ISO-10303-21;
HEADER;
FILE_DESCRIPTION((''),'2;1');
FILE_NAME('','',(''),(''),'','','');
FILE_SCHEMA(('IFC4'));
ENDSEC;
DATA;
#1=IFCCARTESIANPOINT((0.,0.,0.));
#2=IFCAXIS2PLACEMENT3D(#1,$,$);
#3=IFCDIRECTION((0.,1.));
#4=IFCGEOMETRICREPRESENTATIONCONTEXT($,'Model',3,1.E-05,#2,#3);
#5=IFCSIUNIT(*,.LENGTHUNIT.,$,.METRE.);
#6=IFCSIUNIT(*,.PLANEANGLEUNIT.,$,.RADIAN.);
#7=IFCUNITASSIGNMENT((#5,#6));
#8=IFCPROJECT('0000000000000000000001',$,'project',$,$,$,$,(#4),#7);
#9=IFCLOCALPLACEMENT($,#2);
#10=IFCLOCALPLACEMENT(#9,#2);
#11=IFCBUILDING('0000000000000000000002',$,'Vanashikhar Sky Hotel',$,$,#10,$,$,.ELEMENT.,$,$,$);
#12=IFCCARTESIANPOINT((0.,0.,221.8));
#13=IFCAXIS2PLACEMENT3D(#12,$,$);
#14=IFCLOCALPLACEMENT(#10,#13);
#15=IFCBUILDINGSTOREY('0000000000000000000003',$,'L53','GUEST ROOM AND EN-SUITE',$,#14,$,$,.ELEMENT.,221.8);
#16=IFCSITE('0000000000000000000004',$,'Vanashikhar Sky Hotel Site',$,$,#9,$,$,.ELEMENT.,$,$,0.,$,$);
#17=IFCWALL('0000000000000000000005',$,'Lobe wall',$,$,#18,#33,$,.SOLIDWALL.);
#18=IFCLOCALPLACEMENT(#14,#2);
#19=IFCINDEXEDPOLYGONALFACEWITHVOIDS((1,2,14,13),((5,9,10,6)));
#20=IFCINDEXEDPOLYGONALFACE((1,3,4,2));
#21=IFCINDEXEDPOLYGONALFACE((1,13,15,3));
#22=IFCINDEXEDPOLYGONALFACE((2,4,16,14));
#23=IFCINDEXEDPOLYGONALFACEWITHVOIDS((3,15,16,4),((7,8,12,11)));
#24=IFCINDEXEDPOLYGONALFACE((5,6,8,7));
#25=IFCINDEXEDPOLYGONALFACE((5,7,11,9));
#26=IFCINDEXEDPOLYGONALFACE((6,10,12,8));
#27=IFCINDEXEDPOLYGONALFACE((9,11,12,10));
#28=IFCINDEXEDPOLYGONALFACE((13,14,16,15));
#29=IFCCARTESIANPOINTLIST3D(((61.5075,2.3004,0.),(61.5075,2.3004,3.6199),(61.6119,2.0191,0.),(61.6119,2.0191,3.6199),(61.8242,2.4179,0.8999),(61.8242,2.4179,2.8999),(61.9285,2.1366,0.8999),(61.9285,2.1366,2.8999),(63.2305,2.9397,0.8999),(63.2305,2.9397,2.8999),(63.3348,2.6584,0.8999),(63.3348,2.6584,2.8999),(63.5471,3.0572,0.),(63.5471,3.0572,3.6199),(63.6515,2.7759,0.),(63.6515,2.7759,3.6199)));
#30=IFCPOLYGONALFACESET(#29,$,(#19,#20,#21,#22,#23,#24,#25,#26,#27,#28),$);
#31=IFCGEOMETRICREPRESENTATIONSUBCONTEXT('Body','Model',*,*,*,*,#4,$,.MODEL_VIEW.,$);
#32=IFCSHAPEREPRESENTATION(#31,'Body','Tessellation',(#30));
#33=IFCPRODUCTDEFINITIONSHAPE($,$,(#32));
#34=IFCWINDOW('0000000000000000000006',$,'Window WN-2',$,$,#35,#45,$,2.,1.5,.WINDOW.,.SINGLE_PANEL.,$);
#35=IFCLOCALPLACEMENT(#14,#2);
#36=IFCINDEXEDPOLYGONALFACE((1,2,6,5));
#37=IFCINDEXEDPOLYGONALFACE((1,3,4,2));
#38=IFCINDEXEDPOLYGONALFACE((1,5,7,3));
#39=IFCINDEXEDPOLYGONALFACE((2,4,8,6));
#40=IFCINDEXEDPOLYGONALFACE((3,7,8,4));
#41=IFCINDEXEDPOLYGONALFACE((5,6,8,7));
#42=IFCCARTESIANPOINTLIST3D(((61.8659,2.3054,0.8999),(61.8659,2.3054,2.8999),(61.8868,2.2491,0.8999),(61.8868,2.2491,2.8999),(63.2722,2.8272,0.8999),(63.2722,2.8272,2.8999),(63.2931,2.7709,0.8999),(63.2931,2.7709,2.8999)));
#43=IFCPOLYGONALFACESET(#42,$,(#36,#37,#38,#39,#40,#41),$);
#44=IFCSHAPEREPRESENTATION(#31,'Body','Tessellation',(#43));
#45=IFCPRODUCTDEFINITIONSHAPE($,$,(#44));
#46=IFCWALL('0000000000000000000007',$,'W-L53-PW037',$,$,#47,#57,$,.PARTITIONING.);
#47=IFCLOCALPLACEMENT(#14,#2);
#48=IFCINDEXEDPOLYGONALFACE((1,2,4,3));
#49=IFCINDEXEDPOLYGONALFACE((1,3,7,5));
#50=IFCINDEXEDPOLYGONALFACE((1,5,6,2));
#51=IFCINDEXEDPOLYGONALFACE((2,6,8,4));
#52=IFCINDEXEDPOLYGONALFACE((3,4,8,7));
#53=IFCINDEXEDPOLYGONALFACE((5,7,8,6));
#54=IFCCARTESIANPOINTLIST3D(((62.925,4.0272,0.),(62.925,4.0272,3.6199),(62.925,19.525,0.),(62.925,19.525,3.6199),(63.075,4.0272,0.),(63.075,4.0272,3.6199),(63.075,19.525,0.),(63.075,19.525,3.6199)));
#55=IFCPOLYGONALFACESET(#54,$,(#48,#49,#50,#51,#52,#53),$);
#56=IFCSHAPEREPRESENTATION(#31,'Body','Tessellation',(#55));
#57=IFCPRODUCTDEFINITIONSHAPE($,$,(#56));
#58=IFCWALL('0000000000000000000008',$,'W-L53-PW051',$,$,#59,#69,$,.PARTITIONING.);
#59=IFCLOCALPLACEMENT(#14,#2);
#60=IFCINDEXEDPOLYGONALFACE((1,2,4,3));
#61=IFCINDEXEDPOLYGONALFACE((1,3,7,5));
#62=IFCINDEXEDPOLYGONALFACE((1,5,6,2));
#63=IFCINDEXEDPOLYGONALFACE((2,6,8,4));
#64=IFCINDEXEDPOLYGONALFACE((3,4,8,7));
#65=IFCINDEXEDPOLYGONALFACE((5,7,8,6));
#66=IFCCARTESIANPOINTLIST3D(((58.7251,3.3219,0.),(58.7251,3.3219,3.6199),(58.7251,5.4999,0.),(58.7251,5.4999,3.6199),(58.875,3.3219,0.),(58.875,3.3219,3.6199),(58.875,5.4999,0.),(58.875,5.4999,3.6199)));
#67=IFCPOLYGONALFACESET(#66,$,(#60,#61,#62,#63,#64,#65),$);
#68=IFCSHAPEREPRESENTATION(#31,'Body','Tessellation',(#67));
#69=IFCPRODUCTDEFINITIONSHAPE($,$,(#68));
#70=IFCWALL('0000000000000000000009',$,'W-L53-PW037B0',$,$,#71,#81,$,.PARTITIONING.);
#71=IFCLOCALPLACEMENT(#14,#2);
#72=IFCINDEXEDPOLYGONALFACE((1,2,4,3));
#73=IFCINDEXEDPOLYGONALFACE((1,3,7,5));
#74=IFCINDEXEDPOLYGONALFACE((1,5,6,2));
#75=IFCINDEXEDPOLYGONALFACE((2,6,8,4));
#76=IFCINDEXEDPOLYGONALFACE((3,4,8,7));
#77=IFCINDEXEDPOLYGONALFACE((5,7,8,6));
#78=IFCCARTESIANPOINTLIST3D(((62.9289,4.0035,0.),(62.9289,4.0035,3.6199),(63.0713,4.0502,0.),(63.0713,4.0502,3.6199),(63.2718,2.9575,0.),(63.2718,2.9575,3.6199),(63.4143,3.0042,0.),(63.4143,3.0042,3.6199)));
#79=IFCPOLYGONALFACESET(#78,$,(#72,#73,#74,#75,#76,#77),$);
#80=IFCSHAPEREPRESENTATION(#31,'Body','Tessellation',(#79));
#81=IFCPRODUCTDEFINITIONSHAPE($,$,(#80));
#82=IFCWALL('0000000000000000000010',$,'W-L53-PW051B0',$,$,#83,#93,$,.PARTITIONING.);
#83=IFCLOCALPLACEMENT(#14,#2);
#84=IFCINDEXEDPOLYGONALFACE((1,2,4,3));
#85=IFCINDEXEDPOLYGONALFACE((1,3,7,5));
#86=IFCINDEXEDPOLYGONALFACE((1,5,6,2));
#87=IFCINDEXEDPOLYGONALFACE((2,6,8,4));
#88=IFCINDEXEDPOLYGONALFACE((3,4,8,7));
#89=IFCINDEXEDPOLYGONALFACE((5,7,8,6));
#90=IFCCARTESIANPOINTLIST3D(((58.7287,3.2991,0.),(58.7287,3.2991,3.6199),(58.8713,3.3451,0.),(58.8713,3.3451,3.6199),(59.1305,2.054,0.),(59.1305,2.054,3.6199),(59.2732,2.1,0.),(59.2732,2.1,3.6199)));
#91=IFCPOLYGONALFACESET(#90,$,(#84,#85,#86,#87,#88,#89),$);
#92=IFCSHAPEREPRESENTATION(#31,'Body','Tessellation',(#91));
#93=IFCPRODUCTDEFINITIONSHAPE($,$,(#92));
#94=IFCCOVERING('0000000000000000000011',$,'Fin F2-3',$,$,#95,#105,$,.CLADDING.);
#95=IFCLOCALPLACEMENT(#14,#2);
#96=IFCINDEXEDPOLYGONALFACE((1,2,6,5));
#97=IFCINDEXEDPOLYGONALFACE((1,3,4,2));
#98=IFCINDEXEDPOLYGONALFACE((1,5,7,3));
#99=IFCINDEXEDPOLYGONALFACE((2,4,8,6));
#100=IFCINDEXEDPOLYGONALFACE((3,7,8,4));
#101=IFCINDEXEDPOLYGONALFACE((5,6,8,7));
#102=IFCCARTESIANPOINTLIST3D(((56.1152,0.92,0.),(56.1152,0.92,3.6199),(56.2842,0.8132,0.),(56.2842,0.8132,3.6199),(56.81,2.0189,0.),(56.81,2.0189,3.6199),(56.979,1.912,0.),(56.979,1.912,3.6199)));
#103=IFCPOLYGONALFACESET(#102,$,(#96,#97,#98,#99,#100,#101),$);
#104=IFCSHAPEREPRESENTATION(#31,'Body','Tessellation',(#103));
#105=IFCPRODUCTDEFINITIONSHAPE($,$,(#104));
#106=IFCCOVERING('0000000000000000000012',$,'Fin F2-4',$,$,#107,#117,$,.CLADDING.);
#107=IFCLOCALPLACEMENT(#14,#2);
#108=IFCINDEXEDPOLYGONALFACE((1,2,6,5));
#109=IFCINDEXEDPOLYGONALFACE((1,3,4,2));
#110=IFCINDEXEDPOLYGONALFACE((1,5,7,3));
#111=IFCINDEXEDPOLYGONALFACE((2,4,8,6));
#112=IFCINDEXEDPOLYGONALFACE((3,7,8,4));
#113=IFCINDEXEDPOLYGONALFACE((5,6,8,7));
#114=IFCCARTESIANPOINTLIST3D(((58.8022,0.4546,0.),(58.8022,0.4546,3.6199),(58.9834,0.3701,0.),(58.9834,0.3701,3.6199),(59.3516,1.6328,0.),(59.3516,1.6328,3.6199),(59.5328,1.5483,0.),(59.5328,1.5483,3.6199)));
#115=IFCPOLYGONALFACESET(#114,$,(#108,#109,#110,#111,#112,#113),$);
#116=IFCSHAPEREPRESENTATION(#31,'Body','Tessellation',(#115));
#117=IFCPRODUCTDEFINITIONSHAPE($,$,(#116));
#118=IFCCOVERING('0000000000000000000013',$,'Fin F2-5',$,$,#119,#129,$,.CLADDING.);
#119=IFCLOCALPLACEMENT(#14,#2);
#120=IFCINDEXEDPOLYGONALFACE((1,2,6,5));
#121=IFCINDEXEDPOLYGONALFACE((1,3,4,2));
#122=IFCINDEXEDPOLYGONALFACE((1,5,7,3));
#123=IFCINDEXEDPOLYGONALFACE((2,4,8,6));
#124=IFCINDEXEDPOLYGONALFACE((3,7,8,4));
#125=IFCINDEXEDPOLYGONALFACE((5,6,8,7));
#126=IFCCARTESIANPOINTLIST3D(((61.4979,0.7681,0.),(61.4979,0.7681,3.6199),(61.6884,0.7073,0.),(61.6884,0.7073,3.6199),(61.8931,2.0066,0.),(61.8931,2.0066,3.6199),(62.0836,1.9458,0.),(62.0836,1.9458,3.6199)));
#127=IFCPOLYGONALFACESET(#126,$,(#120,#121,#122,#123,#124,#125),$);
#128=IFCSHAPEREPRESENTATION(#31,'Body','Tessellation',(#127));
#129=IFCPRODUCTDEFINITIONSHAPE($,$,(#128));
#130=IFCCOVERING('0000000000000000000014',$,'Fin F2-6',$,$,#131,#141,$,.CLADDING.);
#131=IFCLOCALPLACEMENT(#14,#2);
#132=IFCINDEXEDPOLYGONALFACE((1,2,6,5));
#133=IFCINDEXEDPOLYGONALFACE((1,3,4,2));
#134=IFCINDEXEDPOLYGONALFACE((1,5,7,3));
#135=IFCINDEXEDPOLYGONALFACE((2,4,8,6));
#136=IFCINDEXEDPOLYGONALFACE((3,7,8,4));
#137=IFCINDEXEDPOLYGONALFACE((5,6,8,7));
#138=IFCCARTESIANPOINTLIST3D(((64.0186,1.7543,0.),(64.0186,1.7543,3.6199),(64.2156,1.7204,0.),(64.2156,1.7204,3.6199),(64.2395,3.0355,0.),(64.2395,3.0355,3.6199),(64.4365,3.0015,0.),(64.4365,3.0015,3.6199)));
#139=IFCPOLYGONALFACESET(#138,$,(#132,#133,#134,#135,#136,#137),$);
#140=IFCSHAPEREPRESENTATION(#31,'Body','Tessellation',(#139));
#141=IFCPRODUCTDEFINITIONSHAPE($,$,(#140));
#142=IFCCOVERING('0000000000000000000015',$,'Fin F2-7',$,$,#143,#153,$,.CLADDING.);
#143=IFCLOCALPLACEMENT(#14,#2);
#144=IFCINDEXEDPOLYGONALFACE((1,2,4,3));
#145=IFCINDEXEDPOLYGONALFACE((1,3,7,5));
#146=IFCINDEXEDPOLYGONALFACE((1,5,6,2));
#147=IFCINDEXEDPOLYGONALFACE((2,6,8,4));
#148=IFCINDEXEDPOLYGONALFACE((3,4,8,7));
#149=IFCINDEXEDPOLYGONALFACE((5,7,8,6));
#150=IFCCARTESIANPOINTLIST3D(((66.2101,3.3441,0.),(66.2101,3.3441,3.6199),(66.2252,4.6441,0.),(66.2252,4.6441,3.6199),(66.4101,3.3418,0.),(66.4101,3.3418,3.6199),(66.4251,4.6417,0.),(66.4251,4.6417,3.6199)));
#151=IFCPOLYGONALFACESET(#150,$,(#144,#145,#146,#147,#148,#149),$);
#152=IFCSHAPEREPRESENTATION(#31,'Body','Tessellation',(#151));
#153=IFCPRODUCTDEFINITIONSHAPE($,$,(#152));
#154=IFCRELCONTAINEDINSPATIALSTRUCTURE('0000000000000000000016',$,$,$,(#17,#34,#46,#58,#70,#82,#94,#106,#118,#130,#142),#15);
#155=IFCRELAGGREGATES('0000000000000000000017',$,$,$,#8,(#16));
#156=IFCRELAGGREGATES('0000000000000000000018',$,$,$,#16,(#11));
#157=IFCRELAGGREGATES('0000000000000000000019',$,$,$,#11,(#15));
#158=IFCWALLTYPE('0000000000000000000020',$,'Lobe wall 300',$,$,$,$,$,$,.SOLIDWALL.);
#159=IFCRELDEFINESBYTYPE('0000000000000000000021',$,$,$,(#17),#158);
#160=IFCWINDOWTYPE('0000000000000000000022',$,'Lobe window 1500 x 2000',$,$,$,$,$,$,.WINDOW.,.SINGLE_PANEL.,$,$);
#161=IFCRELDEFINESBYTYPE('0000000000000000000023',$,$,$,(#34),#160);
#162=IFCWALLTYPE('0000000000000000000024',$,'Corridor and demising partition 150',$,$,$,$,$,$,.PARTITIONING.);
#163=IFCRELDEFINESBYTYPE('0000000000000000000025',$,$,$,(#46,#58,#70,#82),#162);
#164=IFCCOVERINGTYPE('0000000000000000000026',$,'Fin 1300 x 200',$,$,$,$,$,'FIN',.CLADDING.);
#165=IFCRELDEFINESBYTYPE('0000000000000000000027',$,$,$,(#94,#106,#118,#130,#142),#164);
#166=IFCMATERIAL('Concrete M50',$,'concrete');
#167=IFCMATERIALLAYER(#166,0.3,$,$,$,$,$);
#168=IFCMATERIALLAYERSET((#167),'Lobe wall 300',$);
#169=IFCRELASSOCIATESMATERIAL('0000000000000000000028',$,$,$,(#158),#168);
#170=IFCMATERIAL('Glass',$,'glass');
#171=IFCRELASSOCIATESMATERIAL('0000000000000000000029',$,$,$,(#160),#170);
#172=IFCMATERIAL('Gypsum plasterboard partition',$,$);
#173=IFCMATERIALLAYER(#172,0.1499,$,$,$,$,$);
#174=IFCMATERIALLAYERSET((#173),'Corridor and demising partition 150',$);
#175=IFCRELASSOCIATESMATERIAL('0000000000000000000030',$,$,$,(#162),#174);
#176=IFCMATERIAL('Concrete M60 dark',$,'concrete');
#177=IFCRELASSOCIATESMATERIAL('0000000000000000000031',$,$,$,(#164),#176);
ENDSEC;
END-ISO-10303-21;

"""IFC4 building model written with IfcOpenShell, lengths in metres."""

from ifc_helpers import new_model, si_unit, direction, frame, frame_2d, origin, origin_2d, place, context, subcontext, project, spatial, rectangle, extrude, source, transform, mapped, material, layer, layer_set, material_profile, profile_set, type_object, element, fill, save


model = new_model("IFC4")

# Units and contexts
model_context = context("Model", 3, precision=1e-05, world=origin(), true_north=direction((0.0, 1.0)))
body_context = subcontext(model_context, "Body", "Model", "MODEL_VIEW")
ifc_project = project(units=[si_unit("LENGTHUNIT", "METRE"), si_unit("PLANEANGLEUNIT", "RADIAN")], contexts=[model_context])

# Site, building, storey
site_placement = place(None, origin())
site = spatial("IfcSite", under=ifc_project, at=site_placement, Name="Vanashikhar Sky Hotel Site", CompositionType="ELEMENT", RefElevation=0.0)
building_placement = place(site_placement, origin())
building = spatial("IfcBuilding", under=site, at=building_placement, Name="Vanashikhar Sky Hotel", CompositionType="ELEMENT")
storey_placement = place(building_placement, frame((0.0, 0.0, 221.8)))
storey = spatial("IfcBuildingStorey", under=building, at=storey_placement, Name="L53", Description="GUEST ROOM AND EN-SUITE", CompositionType="ELEMENT", Elevation=221.8)

# Shared definitions
ifc_material_1 = material(Name="Concrete M50", Category="concrete")

# Shared definitions
ifc_material_2 = material(Name="Glass", Category="glass")

# Wall, opening, window
ifc_layer_1 = layer(ifc_material_1, 0.3)
ifc_layer_set_1 = layer_set([ifc_layer_1], Name="Lobe wall 300")
wall_type_1 = type_object("IfcWallType", Name="Lobe wall 300", PredefinedType="SOLIDWALL", material=ifc_layer_set_1)
shared_shape_1 = source(origin(), body_context, "Body", "SweptSolid", [
    extrude(rectangle(XDim=1.5, YDim=2.0, at=frame_2d((0.75, 1.0))), frame((0.0, 0.1602, 0.0), z_axis=(0.0, -1.0, 0.0), x_axis=(1.0, 0.0, 0.0)), (0.0, 0.0, 1.0), 0.3201),
])
window_type_1 = type_object("IfcWindowType", Name="Lobe window 1500 x 2000", PartitioningType="SINGLE_PANEL", PredefinedType="WINDOW", material=ifc_material_2)
shared_shape_2 = source(origin(), body_context, "Body", "SweptSolid", [
    extrude(rectangle(XDim=1.5, YDim=2.0, at=frame_2d((0.75, 1.0))), frame((0.0, 0.03, 0.0), z_axis=(0.0, -1.0, 0.0), x_axis=(1.0, 0.0, 0.0)), (0.0, 0.0, 1.0), 0.0601),
])
shared_shape_3 = source(origin(), body_context, "Body", "SweptSolid", [
    extrude(rectangle(XDim=2.1755, YDim=0.3, at=frame_2d((1.0879, 0.0))), origin(), (0.0, 0.0, 1.0), 3.6199),
])
wall_1_placement = place(storey_placement, frame((61.5596, 2.1597, 0.0), z_axis=(0.0, 0.0, 1.0), x_axis=(0.937532, 0.347899, 0.0)))
wall_1 = element("IfcWall", 1, at=wall_1_placement, inside=storey, type_object=wall_type_1, Name="Lobe wall", PredefinedType="SOLIDWALL", context=body_context, shape_type="MappedRepresentation", body=[
    mapped(shared_shape_3, transform((0.0, 0.0, 0.0), scale=1.0)),
])
opening_1_placement = place(wall_1_placement, frame((0.3379, 0.0, 0.8999)))
opening_1 = element("IfcOpeningElement", 2, at=opening_1_placement, cuts=wall_1, PredefinedType="OPENING", context=body_context, shape_type="MappedRepresentation", body=[
    mapped(shared_shape_1, transform((0.0, 0.0, 0.0), scale=1.0)),
])
window_1_placement = place(opening_1_placement, origin())
window_1 = element("IfcWindow", 3, at=window_1_placement, inside=storey, type_object=window_type_1, Name="Window WN-2", OverallHeight=2.0, OverallWidth=1.5, PartitioningType="SINGLE_PANEL", PredefinedType="WINDOW", context=body_context, shape_type="MappedRepresentation", body=[
    mapped(shared_shape_2, transform((0.0, 0.0, 0.0), scale=1.0)),
])
fill(opening_1, window_1)

# Walls
ifc_material_3 = material(Name="Gypsum plasterboard partition")
ifc_layer_2 = layer(ifc_material_3, 0.1499)
ifc_layer_set_2 = layer_set([ifc_layer_2], Name="Corridor and demising partition 150")
wall_type_2 = type_object("IfcWallType", Name="Corridor and demising partition 150", PredefinedType="PARTITIONING", material=ifc_layer_set_2)
shared_shape_4 = source(origin(), body_context, "Body", "SweptSolid", [
    extrude(rectangle(XDim=15.4978, YDim=0.1499, at=frame_2d((7.749, 0.0))), origin(), (0.0, 0.0, 1.0), 3.6199),
])
wall_2_placement = place(storey_placement, frame((63.0, 4.0271, 0.0), z_axis=(0.0, 0.0, 1.0), x_axis=(0.0, 1.0, 0.0)))
element("IfcWall", 4, at=wall_2_placement, inside=storey, type_object=wall_type_2, Name="W-L53-PW037", PredefinedType="PARTITIONING", context=body_context, shape_type="MappedRepresentation", body=[
    mapped(shared_shape_4, transform((0.0, 0.0, 0.0), scale=1.0)),
])
shared_shape_5 = source(origin(), body_context, "Body", "SweptSolid", [
    extrude(rectangle(XDim=2.178, YDim=0.1499, at=frame_2d((1.0889, 0.0))), origin(), (0.0, 0.0, 1.0), 3.6199),
])
wall_3_placement = place(storey_placement, frame((58.8, 3.322, 0.0), z_axis=(0.0, 0.0, 1.0), x_axis=(0.0, 1.0, 0.0)))
element("IfcWall", 5, at=wall_3_placement, inside=storey, type_object=wall_type_2, Name="W-L53-PW051", PredefinedType="PARTITIONING", context=body_context, shape_type="MappedRepresentation", body=[
    mapped(shared_shape_5, transform((0.0, 0.0, 0.0), scale=1.0)),
])
shared_shape_6 = source(origin(), body_context, "Body", "SweptSolid", [
    extrude(rectangle(XDim=1.1008, YDim=0.1499, at=frame_2d((0.5503, 0.0))), origin(), (0.0, 0.0, 1.0), 3.6199),
])
wall_4_placement = place(storey_placement, frame((63.343, 2.981, 0.0), z_axis=(0.0, 0.0, 1.0), x_axis=(-0.311567, 0.950224, 0.0)))
element("IfcWall", 6, at=wall_4_placement, inside=storey, type_object=wall_type_2, Name="W-L53-PW037B0", PredefinedType="PARTITIONING", context=body_context, shape_type="MappedRepresentation", body=[
    mapped(shared_shape_6, transform((0.0, 0.0, 0.0), scale=1.0)),
])
shared_shape_7 = source(origin(), body_context, "Body", "SweptSolid", [
    extrude(rectangle(XDim=1.3083, YDim=0.1499, at=frame_2d((0.6543, 0.0))), origin(), (0.0, 0.0, 1.0), 3.6199),
])
wall_5_placement = place(storey_placement, frame((59.2019, 2.0769, 0.0), z_axis=(0.0, 0.0, 1.0), x_axis=(-0.307145, 0.951663, 0.0)))
element("IfcWall", 7, at=wall_5_placement, inside=storey, type_object=wall_type_2, Name="W-L53-PW051B0", PredefinedType="PARTITIONING", context=body_context, shape_type="MappedRepresentation", body=[
    mapped(shared_shape_7, transform((0.0, 0.0, 0.0), scale=1.0)),
])

# Coverings
ifc_material_4 = material(Name="Concrete M60 dark", Category="concrete")
ifc_material_profile_1 = material_profile(ifc_material_4, rectangle(XDim=1.3, YDim=0.2, at=origin_2d()))
ifc_profile_set_1 = profile_set([ifc_material_profile_1], Name="Fin 1300 x 200")
covering_type = type_object("IfcCoveringType", Name="Fin 1300 x 200", ElementType="FIN", PredefinedType="CLADDING", material=ifc_profile_set_1)
shared_shape_8 = source(origin(), body_context, "Body", "SweptSolid", [
    extrude(rectangle(XDim=1.3, YDim=0.2, at=origin_2d()), origin(), (0.0, 0.0, 1.0), 3.6199),
])
for number, where, z_axis, x_axis, name in (
    (8, (56.5471, 1.416, 0.0), (0.0, 0.0, 1.0), (-0.534411, -0.845225, 0.0), "Fin F2-3"),
    (9, (59.1675, 1.0015, 0.0), (0.0, 0.0, 1.0), (-0.422618, -0.906308, 0.0), "Fin F2-4"),
    (10, (61.7908, 1.3569, 0.0), (0.0, 0.0, 1.0), (-0.303967, -0.952683, 0.0), "Fin F2-5"),
    (11, (64.2275, 2.3779, 0.0), (0.0, 0.0, 1.0), (-0.1699, -0.985461, 0.0), "Fin F2-6"),
    (12, (66.3176, 3.9929, 0.0), (0.0, 0.0, 1.0), (-0.011589, -0.999933, 0.0), "Fin F2-7"),
):
    element("IfcCovering", number, at=place(storey_placement, frame(where, z_axis=z_axis, x_axis=x_axis)), inside=storey, type_object=covering_type, Name=name, PredefinedType="CLADDING", context=body_context, shape_type="MappedRepresentation", body=[
        mapped(shared_shape_8, transform((0.0, 0.0, 0.0), scale=1.0)),
    ])

save(model, "model.ifc")
